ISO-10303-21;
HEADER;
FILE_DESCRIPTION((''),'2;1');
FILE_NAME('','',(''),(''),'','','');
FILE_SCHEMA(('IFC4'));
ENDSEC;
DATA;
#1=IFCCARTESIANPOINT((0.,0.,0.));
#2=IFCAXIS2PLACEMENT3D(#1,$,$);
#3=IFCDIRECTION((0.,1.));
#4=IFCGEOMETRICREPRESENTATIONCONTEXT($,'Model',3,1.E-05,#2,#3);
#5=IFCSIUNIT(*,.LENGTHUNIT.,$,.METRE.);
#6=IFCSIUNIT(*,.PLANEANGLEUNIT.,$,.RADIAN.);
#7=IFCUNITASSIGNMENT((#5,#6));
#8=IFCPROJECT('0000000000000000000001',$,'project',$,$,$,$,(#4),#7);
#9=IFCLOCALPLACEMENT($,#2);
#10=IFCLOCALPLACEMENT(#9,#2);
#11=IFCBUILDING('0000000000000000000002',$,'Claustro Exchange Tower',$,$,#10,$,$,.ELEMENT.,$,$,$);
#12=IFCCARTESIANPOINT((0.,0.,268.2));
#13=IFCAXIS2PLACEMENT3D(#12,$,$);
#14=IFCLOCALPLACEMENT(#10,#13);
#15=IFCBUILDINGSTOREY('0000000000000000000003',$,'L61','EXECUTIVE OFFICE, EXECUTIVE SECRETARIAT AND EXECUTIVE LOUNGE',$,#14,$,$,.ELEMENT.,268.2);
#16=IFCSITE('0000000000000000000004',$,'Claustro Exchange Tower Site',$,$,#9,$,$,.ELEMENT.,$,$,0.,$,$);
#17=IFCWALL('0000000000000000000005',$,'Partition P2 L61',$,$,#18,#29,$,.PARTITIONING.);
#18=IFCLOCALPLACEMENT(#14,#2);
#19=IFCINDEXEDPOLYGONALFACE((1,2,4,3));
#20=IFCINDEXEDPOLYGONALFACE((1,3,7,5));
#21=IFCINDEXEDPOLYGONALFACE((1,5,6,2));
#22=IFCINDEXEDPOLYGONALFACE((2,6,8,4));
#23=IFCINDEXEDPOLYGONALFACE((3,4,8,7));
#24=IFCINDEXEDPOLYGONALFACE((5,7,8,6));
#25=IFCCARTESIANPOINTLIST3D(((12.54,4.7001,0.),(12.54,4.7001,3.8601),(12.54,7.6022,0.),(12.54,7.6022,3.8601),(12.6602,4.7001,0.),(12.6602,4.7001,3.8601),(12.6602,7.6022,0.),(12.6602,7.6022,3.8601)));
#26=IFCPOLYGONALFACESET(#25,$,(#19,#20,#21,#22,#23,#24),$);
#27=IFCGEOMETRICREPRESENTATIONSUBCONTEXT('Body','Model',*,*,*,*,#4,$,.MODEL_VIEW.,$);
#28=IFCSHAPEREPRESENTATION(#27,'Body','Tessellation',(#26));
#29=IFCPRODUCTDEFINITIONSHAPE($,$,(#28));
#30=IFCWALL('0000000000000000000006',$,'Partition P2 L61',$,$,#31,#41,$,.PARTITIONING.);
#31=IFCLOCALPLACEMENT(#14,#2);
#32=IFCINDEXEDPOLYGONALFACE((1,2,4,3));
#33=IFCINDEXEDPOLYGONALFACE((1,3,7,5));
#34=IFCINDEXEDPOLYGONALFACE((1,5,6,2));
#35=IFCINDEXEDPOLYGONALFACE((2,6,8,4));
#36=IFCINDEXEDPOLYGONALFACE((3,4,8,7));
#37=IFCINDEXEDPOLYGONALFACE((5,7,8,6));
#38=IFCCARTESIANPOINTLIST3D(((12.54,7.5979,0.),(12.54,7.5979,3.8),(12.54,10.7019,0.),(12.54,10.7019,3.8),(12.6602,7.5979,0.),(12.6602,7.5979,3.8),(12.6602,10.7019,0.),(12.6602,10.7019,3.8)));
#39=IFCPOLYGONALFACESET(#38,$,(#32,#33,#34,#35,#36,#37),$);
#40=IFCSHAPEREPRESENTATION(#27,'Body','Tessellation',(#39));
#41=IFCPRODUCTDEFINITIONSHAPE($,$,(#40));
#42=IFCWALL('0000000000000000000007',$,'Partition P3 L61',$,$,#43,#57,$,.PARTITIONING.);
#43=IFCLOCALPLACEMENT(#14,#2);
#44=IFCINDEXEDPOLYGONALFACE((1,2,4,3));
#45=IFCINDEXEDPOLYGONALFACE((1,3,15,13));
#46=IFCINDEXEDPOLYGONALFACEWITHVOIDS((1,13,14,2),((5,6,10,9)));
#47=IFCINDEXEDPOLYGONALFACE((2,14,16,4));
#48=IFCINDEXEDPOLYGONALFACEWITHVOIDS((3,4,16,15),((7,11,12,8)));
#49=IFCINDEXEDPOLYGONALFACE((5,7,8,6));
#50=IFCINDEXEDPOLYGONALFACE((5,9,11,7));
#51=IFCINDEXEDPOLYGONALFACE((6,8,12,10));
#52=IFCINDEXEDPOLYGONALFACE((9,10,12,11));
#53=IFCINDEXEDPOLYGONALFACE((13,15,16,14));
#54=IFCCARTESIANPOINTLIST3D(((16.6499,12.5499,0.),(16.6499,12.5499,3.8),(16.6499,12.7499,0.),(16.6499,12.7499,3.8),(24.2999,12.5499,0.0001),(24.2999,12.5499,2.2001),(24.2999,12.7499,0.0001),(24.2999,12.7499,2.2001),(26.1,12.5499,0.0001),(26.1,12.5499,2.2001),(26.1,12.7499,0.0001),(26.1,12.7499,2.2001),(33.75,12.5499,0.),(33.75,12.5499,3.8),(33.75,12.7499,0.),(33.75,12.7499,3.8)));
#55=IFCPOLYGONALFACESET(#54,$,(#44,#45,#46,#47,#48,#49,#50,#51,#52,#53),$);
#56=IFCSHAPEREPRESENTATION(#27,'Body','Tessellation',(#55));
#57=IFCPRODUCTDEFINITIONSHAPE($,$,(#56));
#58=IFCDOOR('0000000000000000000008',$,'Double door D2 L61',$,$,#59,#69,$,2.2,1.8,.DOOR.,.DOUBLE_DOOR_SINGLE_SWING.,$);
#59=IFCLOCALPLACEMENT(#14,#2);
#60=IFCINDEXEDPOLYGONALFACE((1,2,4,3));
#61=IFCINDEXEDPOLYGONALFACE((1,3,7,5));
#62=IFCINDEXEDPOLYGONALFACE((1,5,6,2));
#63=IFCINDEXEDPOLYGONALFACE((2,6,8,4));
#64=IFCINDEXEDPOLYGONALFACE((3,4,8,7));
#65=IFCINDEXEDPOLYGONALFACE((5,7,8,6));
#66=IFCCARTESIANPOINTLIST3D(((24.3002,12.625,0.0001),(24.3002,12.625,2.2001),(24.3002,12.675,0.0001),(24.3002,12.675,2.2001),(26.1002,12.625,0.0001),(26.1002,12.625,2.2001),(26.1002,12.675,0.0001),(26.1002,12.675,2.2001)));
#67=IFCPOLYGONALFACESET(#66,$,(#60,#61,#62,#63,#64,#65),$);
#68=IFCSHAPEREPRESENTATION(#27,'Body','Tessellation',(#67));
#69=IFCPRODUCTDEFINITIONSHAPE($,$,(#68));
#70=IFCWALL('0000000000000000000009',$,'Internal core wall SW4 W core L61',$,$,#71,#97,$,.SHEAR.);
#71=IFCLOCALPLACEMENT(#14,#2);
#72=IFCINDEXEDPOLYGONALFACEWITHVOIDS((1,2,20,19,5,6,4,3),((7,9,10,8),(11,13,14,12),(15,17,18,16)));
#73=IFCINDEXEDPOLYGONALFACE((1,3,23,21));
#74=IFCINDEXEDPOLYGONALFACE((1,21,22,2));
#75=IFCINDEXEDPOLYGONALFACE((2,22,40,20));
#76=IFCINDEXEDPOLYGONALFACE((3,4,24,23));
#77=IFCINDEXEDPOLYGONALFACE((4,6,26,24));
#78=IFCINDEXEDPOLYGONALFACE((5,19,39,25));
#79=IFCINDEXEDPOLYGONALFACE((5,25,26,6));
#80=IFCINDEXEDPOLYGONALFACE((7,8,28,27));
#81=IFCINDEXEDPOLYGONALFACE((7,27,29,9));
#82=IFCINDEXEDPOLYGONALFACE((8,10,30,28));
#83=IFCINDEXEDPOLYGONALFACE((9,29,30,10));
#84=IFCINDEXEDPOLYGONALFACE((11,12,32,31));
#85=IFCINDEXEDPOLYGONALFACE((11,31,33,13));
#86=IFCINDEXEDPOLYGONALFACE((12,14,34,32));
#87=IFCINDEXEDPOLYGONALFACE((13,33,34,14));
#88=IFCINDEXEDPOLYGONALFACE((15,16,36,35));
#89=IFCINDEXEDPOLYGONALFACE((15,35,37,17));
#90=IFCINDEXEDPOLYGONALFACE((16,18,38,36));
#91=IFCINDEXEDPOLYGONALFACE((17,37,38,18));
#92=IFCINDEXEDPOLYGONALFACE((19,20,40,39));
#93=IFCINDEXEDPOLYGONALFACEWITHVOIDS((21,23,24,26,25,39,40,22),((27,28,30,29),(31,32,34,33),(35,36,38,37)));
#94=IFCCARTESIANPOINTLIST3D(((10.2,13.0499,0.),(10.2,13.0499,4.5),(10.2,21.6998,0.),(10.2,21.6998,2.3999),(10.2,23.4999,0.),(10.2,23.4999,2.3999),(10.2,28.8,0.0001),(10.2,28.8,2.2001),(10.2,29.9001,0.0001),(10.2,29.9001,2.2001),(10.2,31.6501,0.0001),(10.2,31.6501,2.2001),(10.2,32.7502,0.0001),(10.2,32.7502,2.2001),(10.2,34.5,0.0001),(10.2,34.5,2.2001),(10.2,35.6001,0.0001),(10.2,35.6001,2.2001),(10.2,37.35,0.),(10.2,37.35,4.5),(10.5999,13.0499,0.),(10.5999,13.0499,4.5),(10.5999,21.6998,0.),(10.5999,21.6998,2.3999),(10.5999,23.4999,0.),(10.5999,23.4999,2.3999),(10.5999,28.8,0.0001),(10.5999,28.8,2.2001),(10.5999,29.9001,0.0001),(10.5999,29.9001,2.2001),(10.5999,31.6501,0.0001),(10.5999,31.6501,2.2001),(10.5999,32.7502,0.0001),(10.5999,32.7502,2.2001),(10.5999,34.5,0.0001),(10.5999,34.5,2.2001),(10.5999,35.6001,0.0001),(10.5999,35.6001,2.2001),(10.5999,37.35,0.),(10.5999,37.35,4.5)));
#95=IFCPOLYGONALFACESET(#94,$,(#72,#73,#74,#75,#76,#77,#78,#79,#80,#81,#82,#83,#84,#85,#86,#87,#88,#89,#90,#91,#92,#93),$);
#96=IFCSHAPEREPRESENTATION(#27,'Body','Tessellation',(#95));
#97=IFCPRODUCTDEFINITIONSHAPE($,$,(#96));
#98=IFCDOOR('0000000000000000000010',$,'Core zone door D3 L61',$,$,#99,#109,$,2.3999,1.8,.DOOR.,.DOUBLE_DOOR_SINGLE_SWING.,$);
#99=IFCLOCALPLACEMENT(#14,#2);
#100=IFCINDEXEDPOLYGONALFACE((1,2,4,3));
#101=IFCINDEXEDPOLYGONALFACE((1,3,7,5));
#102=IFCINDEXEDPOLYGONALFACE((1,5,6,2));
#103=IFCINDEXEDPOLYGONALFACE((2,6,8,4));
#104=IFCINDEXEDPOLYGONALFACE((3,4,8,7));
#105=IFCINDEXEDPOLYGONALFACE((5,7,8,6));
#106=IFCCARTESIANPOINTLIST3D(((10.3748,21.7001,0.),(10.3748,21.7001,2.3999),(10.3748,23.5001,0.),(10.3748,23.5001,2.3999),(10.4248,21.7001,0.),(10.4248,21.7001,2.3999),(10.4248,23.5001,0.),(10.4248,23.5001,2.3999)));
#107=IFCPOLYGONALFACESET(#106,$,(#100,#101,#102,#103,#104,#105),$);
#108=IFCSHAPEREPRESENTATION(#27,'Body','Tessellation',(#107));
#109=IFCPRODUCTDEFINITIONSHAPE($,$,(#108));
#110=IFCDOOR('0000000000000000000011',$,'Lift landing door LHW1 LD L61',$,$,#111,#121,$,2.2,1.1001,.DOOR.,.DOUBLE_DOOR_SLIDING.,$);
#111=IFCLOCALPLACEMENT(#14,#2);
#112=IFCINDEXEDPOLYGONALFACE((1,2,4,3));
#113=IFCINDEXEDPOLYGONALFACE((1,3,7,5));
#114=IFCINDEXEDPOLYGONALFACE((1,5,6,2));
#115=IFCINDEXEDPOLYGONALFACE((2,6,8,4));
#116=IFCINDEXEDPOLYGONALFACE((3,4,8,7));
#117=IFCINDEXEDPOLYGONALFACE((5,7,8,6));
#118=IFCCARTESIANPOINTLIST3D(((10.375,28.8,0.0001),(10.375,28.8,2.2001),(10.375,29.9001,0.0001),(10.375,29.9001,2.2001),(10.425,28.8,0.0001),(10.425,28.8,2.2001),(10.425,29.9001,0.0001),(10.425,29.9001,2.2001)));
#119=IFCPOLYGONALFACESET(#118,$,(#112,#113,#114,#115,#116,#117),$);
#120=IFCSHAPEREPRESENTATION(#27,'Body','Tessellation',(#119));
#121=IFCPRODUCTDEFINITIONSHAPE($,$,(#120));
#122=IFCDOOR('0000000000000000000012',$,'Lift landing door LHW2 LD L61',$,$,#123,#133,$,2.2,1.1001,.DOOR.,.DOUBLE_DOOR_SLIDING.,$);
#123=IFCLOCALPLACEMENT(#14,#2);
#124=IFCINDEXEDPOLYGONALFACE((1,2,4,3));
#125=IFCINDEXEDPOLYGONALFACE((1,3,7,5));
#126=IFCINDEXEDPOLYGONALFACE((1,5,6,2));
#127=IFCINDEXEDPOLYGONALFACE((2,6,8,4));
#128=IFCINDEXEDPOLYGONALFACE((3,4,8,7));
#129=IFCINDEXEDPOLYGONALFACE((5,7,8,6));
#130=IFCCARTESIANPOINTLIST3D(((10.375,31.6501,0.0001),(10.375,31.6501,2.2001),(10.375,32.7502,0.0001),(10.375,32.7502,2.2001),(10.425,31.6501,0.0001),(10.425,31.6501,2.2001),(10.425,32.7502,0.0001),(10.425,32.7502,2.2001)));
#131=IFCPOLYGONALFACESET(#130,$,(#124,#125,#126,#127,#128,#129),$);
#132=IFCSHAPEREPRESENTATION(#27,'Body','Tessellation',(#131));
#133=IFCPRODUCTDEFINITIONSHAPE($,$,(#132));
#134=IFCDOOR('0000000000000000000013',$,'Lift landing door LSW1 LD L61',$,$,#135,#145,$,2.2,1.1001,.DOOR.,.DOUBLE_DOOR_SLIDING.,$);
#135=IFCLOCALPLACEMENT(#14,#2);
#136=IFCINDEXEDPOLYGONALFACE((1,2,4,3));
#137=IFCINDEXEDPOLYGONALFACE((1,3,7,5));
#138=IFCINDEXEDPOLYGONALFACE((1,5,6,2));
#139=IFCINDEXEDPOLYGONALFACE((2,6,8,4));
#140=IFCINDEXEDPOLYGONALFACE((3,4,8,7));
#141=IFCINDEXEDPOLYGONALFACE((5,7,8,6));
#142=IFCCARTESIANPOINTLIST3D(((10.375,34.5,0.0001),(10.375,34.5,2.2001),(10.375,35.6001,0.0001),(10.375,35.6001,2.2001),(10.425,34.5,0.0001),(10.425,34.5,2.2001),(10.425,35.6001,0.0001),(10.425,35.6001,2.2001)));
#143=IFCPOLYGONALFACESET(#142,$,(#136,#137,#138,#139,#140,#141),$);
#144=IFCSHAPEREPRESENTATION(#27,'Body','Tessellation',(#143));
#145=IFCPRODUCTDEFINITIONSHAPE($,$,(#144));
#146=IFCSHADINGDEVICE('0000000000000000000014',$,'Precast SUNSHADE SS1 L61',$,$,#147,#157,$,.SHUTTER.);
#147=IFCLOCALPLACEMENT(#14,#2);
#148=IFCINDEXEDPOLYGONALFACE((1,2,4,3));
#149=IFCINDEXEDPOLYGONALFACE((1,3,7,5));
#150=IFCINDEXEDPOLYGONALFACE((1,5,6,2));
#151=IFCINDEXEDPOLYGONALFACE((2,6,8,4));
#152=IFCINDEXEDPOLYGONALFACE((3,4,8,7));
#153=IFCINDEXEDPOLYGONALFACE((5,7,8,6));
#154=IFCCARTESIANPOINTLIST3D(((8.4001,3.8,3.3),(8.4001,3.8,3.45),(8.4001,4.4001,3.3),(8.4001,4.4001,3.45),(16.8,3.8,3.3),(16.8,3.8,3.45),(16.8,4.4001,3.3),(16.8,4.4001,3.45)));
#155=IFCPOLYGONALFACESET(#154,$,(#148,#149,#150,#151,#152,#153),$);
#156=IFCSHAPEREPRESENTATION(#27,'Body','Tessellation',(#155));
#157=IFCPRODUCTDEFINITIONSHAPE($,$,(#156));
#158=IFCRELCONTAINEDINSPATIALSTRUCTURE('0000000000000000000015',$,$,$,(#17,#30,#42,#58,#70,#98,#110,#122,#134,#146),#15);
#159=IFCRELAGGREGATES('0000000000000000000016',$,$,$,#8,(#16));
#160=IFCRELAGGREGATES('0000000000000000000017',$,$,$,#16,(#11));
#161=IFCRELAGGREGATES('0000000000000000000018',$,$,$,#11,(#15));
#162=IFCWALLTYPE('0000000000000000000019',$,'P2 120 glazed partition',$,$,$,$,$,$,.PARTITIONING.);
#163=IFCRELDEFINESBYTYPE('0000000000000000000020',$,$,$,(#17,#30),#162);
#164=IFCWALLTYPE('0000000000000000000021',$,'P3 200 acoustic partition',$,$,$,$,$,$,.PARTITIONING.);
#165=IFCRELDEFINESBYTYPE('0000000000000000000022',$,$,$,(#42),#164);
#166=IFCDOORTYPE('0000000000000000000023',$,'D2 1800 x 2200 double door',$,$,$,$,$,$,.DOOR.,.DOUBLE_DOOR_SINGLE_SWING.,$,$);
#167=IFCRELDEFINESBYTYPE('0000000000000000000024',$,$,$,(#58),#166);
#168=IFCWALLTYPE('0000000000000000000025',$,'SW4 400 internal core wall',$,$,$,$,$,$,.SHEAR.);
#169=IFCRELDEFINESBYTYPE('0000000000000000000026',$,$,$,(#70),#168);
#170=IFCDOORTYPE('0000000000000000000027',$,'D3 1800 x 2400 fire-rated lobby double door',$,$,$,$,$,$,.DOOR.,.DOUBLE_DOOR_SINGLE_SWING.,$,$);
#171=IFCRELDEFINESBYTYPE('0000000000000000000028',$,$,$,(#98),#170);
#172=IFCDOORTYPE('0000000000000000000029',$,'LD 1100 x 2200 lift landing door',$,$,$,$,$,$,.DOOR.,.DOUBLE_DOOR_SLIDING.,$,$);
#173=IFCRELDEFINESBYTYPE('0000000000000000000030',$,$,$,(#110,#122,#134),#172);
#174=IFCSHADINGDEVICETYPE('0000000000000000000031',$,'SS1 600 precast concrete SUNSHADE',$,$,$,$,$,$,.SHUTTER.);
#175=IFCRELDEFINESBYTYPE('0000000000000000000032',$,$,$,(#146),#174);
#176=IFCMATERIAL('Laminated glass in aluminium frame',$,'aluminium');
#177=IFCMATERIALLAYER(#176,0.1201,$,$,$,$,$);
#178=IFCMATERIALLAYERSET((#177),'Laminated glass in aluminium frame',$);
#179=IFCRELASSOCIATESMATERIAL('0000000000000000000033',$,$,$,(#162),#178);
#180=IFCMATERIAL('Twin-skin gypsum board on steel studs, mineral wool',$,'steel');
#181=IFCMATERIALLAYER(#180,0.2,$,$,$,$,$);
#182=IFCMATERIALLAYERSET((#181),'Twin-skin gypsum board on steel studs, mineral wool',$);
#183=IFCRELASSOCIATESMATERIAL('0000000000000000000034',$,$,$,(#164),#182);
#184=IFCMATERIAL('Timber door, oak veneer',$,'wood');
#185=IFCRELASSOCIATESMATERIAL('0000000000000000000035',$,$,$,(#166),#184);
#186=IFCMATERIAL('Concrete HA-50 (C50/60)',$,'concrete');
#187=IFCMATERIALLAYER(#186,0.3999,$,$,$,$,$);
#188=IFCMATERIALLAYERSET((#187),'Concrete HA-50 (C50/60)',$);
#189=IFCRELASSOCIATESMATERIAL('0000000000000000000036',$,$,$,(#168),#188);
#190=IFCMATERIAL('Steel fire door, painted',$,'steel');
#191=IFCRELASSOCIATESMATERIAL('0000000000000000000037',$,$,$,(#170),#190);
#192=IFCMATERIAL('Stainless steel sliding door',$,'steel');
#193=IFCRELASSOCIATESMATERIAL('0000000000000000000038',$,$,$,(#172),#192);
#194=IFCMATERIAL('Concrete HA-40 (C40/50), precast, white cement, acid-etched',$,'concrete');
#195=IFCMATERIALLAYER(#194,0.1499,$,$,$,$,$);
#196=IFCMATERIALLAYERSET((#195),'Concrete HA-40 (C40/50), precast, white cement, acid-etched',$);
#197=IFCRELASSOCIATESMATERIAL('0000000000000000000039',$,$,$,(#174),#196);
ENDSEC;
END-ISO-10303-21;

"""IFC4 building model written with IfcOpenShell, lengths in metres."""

from ifc_helpers import new_model, si_unit, direction, frame, frame_2d, origin, origin_2d, place, context, subcontext, project, spatial, rectangle, extrude, material, layer, layer_set, type_object, element, fill, save


model = new_model("IFC4")

# Units and contexts
model_context = context("Model", 3, precision=1e-05, world=origin(), true_north=direction((0.0, 1.0)))
body_context = subcontext(model_context, "Body", "Model", "MODEL_VIEW")
ifc_project = project(units=[si_unit("LENGTHUNIT", "METRE"), si_unit("PLANEANGLEUNIT", "RADIAN")], contexts=[model_context])

# Site, building, storey
site_placement = place(None, origin())
site = spatial("IfcSite", under=ifc_project, at=site_placement, Name="Claustro Exchange Tower Site", CompositionType="ELEMENT", RefElevation=0.0)
building_placement = place(site_placement, origin())
building = spatial("IfcBuilding", under=site, at=building_placement, Name="Claustro Exchange Tower", CompositionType="ELEMENT")
storey_placement = place(building_placement, frame((0.0, 0.0, 268.2)))
storey = spatial("IfcBuildingStorey", under=building, at=storey_placement, Name="L61", Description="EXECUTIVE OFFICE, EXECUTIVE SECRETARIAT AND EXECUTIVE LOUNGE", CompositionType="ELEMENT", Elevation=268.2)

# Walls
ifc_material_1 = material(Name="Laminated glass in aluminium frame", Category="aluminium")
ifc_layer_1 = layer(ifc_material_1, 0.1201)
ifc_layer_set_1 = layer_set([ifc_layer_1], Name="Laminated glass in aluminium frame")
wall_type_1 = type_object("IfcWallType", Name="P2 120 glazed partition", PredefinedType="PARTITIONING", material=ifc_layer_set_1)
wall_1_placement = place(storey_placement, frame((12.6001, 4.7, 0.0), z_axis=(0.0, 0.0, 1.0), x_axis=(0.0, 1.0, 0.0)))
element("IfcWall", 1, at=wall_1_placement, inside=storey, type_object=wall_type_1, Name="Partition P2 L61", PredefinedType="PARTITIONING", context=body_context, shape_type="SweptSolid", body=[
    extrude(rectangle(XDim=2.9021, YDim=0.1201, at=frame_2d((1.4512, 0.0))), origin(), (0.0, 0.0, 1.0), 3.8601),
])
wall_2_placement = place(storey_placement, frame((12.6001, 7.5979, 0.0), z_axis=(0.0, 0.0, 1.0), x_axis=(0.0, 1.0, 0.0)))
element("IfcWall", 2, at=wall_2_placement, inside=storey, type_object=wall_type_1, Name="Partition P2 L61", PredefinedType="PARTITIONING", context=body_context, shape_type="SweptSolid", body=[
    extrude(rectangle(XDim=3.104, YDim=0.1201, at=frame_2d((1.552, 0.0))), origin(), (0.0, 0.0, 1.0), 3.8),
])

# Wall, opening, door
ifc_material_2 = material(Name="Twin-skin gypsum board on steel studs, mineral wool", Category="steel")
ifc_layer_2 = layer(ifc_material_2, 0.2)
ifc_layer_set_2 = layer_set([ifc_layer_2], Name="Twin-skin gypsum board on steel studs, mineral wool")
wall_type_2 = type_object("IfcWallType", Name="P3 200 acoustic partition", PredefinedType="PARTITIONING", material=ifc_layer_set_2)
wall_3_placement = place(storey_placement, frame((16.6499, 12.6499, 0.0), z_axis=(0.0, 0.0, 1.0), x_axis=(1.0, 0.0, 0.0)))
wall_3 = element("IfcWall", 3, at=wall_3_placement, inside=storey, type_object=wall_type_2, Name="Partition P3 L61", PredefinedType="PARTITIONING", context=body_context, shape_type="SweptSolid", body=[
    extrude(rectangle(XDim=17.1001, YDim=0.2, at=frame_2d((8.55, 0.0))), origin(), (0.0, 0.0, 1.0), 3.8),
])
opening_1_placement = place(wall_3_placement, frame((7.6501, 0.0, 0.0)))
opening_1 = element("IfcOpeningElement", 4, at=opening_1_placement, cuts=wall_3, PredefinedType="OPENING", context=body_context, shape_type="SweptSolid", body=[
    extrude(rectangle(XDim=1.8, YDim=2.2, at=frame_2d((0.8999, 1.1001))), frame((0.0, 0.1099, 0.0), z_axis=(0.0, -1.0, 0.0), x_axis=(1.0, 0.0, 0.0)), (0.0, 0.0, 1.0), 0.22),
])
ifc_material_3 = material(Name="Timber door, oak veneer", Category="wood")
door_type_1 = type_object("IfcDoorType", Name="D2 1800 x 2200 double door", OperationType="DOUBLE_DOOR_SINGLE_SWING", PredefinedType="DOOR", material=ifc_material_3)
door_1_placement = place(opening_1_placement, frame((1.8, 0.0, 0.0), z_axis=(0.0, 0.0, 1.0), x_axis=(-1.0, 0.0, 0.0)))
door_1 = element("IfcDoor", 5, at=door_1_placement, inside=storey, type_object=door_type_1, Name="Double door D2 L61", OperationType="DOUBLE_DOOR_SINGLE_SWING", OverallHeight=2.2, OverallWidth=1.8, PredefinedType="DOOR", context=body_context, shape_type="SweptSolid", body=[
    extrude(rectangle(XDim=1.8, YDim=2.2, at=frame_2d((0.8999, 1.1001))), frame((0.0, 0.0249, 0.0), z_axis=(0.0, -1.0, 0.0), x_axis=(1.0, 0.0, 0.0)), (0.0, 0.0, 1.0), 0.05),
])
fill(opening_1, door_1)

# Wall, openings, doors
ifc_material_4 = material(Name="Concrete HA-50 (C50/60)", Category="concrete")
ifc_layer_3 = layer(ifc_material_4, 0.3999)
ifc_layer_set_3 = layer_set([ifc_layer_3], Name="Concrete HA-50 (C50/60)")
wall_type_3 = type_object("IfcWallType", Name="SW4 400 internal core wall", PredefinedType="SHEAR", material=ifc_layer_set_3)
wall_4_placement = place(storey_placement, frame((10.3999, 13.05, 0.0), z_axis=(0.0, 0.0, 1.0), x_axis=(0.0, 1.0, 0.0)))
wall_4 = element("IfcWall", 6, at=wall_4_placement, inside=storey, type_object=wall_type_3, Name="Internal core wall SW4 W core L61", PredefinedType="SHEAR", context=body_context, shape_type="SweptSolid", body=[
    extrude(rectangle(XDim=24.3, YDim=0.3999, at=frame_2d((12.1499, 0.0))), origin(), (0.0, 0.0, 1.0), 4.5),
])
opening_2_placement = place(wall_4_placement, frame((15.75, 0.0, 0.0)))
opening_2 = element("IfcOpeningElement", 7, at=opening_2_placement, cuts=wall_4, PredefinedType="OPENING", context=body_context, shape_type="SweptSolid", body=[
    extrude(rectangle(XDim=1.1001, YDim=2.2, at=frame_2d((0.55, 1.1001))), frame((0.0, 0.21, 0.0), z_axis=(0.0, -1.0, 0.0), x_axis=(1.0, 0.0, 0.0)), (0.0, 0.0, 1.0), 0.4199),
])
opening_3_placement = place(wall_4_placement, frame((18.6001, 0.0, 0.0)))
opening_3 = element("IfcOpeningElement", 8, at=opening_3_placement, cuts=wall_4, PredefinedType="OPENING", context=body_context, shape_type="SweptSolid", body=[
    extrude(rectangle(XDim=1.1001, YDim=2.2, at=frame_2d((0.55, 1.1001))), frame((0.0, 0.21, 0.0), z_axis=(0.0, -1.0, 0.0), x_axis=(1.0, 0.0, 0.0)), (0.0, 0.0, 1.0), 0.4199),
])
opening_4_placement = place(wall_4_placement, frame((21.45, 0.0, 0.0)))
opening_4 = element("IfcOpeningElement", 9, at=opening_4_placement, cuts=wall_4, PredefinedType="OPENING", context=body_context, shape_type="SweptSolid", body=[
    extrude(rectangle(XDim=1.1001, YDim=2.2, at=frame_2d((0.55, 1.1001))), frame((0.0, 0.21, 0.0), z_axis=(0.0, -1.0, 0.0), x_axis=(1.0, 0.0, 0.0)), (0.0, 0.0, 1.0), 0.4199),
])
opening_5_placement = place(wall_4_placement, frame((8.6499, 0.0, 0.0)))
opening_5 = element("IfcOpeningElement", 10, at=opening_5_placement, cuts=wall_4, PredefinedType="OPENING", context=body_context, shape_type="SweptSolid", body=[
    extrude(rectangle(XDim=1.8, YDim=2.3999, at=frame_2d((0.8999, 1.2))), frame((0.0, 0.21, 0.0), z_axis=(0.0, -1.0, 0.0), x_axis=(1.0, 0.0, 0.0)), (0.0, 0.0, 1.0), 0.4199),
])
ifc_material_5 = material(Name="Steel fire door, painted", Category="steel")
door_type_2 = type_object("IfcDoorType", Name="D3 1800 x 2400 fire-rated lobby double door", OperationType="DOUBLE_DOOR_SINGLE_SWING", PredefinedType="DOOR", material=ifc_material_5)
door_2_placement = place(opening_5_placement, frame((1.8, 0.0, 0.0), z_axis=(0.0, 0.0, 1.0), x_axis=(-1.0, 0.0, 0.0)))
door_2 = element("IfcDoor", 11, at=door_2_placement, inside=storey, type_object=door_type_2, Name="Core zone door D3 L61", OperationType="DOUBLE_DOOR_SINGLE_SWING", OverallHeight=2.3999, OverallWidth=1.8, PredefinedType="DOOR", context=body_context, shape_type="SweptSolid", body=[
    extrude(rectangle(XDim=1.8, YDim=2.3999, at=frame_2d((0.8999, 1.2))), frame((0.0, 0.0249, 0.0), z_axis=(0.0, -1.0, 0.0), x_axis=(1.0, 0.0, 0.0)), (0.0, 0.0, 1.0), 0.05),
])
fill(opening_5, door_2)
ifc_material_6 = material(Name="Stainless steel sliding door", Category="steel")
door_type_3 = type_object("IfcDoorType", Name="LD 1100 x 2200 lift landing door", OperationType="DOUBLE_DOOR_SLIDING", PredefinedType="DOOR", material=ifc_material_6)
door_3_placement = place(opening_2_placement, origin())
door_3 = element("IfcDoor", 12, at=door_3_placement, inside=storey, type_object=door_type_3, Name="Lift landing door LHW1 LD L61", OperationType="DOUBLE_DOOR_SLIDING", OverallHeight=2.2, OverallWidth=1.1001, PredefinedType="DOOR", context=body_context, shape_type="SweptSolid", body=[
    extrude(rectangle(XDim=1.1001, YDim=2.2, at=frame_2d((0.55, 1.1001))), frame((0.0, 0.0249, 0.0), z_axis=(0.0, -1.0, 0.0), x_axis=(1.0, 0.0, 0.0)), (0.0, 0.0, 1.0), 0.05),
])
fill(opening_2, door_3)
door_4_placement = place(opening_3_placement, origin())
door_4 = element("IfcDoor", 13, at=door_4_placement, inside=storey, type_object=door_type_3, Name="Lift landing door LHW2 LD L61", OperationType="DOUBLE_DOOR_SLIDING", OverallHeight=2.2, OverallWidth=1.1001, PredefinedType="DOOR", context=body_context, shape_type="SweptSolid", body=[
    extrude(rectangle(XDim=1.1001, YDim=2.2, at=frame_2d((0.55, 1.1001))), frame((0.0, 0.0249, 0.0), z_axis=(0.0, -1.0, 0.0), x_axis=(1.0, 0.0, 0.0)), (0.0, 0.0, 1.0), 0.05),
])
fill(opening_3, door_4)
door_5_placement = place(opening_4_placement, origin())
door_5 = element("IfcDoor", 14, at=door_5_placement, inside=storey, type_object=door_type_3, Name="Lift landing door LSW1 LD L61", OperationType="DOUBLE_DOOR_SLIDING", OverallHeight=2.2, OverallWidth=1.1001, PredefinedType="DOOR", context=body_context, shape_type="SweptSolid", body=[
    extrude(rectangle(XDim=1.1001, YDim=2.2, at=frame_2d((0.55, 1.1001))), frame((0.0, 0.0249, 0.0), z_axis=(0.0, -1.0, 0.0), x_axis=(1.0, 0.0, 0.0)), (0.0, 0.0, 1.0), 0.05),
])
fill(opening_4, door_5)

# Shading device
ifc_material_7 = material(Name="Concrete HA-40 (C40/50), precast, white cement, acid-etched", Category="concrete")
ifc_layer_4 = layer(ifc_material_7, 0.1499)
ifc_layer_set_4 = layer_set([ifc_layer_4], Name="Concrete HA-40 (C40/50), precast, white cement, acid-etched")
shading_device_type = type_object("IfcShadingDeviceType", Name="SS1 600 precast concrete SUNSHADE", PredefinedType="SHUTTER", material=ifc_layer_set_4)
shading_device_placement = place(storey_placement, frame((12.6001, 4.1001, 3.3), z_axis=(0.0, 0.0, 1.0), x_axis=(-1.0, 0.0, 0.0)))
element("IfcShadingDevice", 15, at=shading_device_placement, inside=storey, type_object=shading_device_type, Name="Precast SUNSHADE SS1 L61", PredefinedType="SHUTTER", context=body_context, shape_type="SweptSolid", body=[
    extrude(rectangle(XDim=8.3999, YDim=0.6001, at=origin_2d()), origin(), (0.0, 0.0, 1.0), 0.1499),
])

save(model, "model.ifc")
